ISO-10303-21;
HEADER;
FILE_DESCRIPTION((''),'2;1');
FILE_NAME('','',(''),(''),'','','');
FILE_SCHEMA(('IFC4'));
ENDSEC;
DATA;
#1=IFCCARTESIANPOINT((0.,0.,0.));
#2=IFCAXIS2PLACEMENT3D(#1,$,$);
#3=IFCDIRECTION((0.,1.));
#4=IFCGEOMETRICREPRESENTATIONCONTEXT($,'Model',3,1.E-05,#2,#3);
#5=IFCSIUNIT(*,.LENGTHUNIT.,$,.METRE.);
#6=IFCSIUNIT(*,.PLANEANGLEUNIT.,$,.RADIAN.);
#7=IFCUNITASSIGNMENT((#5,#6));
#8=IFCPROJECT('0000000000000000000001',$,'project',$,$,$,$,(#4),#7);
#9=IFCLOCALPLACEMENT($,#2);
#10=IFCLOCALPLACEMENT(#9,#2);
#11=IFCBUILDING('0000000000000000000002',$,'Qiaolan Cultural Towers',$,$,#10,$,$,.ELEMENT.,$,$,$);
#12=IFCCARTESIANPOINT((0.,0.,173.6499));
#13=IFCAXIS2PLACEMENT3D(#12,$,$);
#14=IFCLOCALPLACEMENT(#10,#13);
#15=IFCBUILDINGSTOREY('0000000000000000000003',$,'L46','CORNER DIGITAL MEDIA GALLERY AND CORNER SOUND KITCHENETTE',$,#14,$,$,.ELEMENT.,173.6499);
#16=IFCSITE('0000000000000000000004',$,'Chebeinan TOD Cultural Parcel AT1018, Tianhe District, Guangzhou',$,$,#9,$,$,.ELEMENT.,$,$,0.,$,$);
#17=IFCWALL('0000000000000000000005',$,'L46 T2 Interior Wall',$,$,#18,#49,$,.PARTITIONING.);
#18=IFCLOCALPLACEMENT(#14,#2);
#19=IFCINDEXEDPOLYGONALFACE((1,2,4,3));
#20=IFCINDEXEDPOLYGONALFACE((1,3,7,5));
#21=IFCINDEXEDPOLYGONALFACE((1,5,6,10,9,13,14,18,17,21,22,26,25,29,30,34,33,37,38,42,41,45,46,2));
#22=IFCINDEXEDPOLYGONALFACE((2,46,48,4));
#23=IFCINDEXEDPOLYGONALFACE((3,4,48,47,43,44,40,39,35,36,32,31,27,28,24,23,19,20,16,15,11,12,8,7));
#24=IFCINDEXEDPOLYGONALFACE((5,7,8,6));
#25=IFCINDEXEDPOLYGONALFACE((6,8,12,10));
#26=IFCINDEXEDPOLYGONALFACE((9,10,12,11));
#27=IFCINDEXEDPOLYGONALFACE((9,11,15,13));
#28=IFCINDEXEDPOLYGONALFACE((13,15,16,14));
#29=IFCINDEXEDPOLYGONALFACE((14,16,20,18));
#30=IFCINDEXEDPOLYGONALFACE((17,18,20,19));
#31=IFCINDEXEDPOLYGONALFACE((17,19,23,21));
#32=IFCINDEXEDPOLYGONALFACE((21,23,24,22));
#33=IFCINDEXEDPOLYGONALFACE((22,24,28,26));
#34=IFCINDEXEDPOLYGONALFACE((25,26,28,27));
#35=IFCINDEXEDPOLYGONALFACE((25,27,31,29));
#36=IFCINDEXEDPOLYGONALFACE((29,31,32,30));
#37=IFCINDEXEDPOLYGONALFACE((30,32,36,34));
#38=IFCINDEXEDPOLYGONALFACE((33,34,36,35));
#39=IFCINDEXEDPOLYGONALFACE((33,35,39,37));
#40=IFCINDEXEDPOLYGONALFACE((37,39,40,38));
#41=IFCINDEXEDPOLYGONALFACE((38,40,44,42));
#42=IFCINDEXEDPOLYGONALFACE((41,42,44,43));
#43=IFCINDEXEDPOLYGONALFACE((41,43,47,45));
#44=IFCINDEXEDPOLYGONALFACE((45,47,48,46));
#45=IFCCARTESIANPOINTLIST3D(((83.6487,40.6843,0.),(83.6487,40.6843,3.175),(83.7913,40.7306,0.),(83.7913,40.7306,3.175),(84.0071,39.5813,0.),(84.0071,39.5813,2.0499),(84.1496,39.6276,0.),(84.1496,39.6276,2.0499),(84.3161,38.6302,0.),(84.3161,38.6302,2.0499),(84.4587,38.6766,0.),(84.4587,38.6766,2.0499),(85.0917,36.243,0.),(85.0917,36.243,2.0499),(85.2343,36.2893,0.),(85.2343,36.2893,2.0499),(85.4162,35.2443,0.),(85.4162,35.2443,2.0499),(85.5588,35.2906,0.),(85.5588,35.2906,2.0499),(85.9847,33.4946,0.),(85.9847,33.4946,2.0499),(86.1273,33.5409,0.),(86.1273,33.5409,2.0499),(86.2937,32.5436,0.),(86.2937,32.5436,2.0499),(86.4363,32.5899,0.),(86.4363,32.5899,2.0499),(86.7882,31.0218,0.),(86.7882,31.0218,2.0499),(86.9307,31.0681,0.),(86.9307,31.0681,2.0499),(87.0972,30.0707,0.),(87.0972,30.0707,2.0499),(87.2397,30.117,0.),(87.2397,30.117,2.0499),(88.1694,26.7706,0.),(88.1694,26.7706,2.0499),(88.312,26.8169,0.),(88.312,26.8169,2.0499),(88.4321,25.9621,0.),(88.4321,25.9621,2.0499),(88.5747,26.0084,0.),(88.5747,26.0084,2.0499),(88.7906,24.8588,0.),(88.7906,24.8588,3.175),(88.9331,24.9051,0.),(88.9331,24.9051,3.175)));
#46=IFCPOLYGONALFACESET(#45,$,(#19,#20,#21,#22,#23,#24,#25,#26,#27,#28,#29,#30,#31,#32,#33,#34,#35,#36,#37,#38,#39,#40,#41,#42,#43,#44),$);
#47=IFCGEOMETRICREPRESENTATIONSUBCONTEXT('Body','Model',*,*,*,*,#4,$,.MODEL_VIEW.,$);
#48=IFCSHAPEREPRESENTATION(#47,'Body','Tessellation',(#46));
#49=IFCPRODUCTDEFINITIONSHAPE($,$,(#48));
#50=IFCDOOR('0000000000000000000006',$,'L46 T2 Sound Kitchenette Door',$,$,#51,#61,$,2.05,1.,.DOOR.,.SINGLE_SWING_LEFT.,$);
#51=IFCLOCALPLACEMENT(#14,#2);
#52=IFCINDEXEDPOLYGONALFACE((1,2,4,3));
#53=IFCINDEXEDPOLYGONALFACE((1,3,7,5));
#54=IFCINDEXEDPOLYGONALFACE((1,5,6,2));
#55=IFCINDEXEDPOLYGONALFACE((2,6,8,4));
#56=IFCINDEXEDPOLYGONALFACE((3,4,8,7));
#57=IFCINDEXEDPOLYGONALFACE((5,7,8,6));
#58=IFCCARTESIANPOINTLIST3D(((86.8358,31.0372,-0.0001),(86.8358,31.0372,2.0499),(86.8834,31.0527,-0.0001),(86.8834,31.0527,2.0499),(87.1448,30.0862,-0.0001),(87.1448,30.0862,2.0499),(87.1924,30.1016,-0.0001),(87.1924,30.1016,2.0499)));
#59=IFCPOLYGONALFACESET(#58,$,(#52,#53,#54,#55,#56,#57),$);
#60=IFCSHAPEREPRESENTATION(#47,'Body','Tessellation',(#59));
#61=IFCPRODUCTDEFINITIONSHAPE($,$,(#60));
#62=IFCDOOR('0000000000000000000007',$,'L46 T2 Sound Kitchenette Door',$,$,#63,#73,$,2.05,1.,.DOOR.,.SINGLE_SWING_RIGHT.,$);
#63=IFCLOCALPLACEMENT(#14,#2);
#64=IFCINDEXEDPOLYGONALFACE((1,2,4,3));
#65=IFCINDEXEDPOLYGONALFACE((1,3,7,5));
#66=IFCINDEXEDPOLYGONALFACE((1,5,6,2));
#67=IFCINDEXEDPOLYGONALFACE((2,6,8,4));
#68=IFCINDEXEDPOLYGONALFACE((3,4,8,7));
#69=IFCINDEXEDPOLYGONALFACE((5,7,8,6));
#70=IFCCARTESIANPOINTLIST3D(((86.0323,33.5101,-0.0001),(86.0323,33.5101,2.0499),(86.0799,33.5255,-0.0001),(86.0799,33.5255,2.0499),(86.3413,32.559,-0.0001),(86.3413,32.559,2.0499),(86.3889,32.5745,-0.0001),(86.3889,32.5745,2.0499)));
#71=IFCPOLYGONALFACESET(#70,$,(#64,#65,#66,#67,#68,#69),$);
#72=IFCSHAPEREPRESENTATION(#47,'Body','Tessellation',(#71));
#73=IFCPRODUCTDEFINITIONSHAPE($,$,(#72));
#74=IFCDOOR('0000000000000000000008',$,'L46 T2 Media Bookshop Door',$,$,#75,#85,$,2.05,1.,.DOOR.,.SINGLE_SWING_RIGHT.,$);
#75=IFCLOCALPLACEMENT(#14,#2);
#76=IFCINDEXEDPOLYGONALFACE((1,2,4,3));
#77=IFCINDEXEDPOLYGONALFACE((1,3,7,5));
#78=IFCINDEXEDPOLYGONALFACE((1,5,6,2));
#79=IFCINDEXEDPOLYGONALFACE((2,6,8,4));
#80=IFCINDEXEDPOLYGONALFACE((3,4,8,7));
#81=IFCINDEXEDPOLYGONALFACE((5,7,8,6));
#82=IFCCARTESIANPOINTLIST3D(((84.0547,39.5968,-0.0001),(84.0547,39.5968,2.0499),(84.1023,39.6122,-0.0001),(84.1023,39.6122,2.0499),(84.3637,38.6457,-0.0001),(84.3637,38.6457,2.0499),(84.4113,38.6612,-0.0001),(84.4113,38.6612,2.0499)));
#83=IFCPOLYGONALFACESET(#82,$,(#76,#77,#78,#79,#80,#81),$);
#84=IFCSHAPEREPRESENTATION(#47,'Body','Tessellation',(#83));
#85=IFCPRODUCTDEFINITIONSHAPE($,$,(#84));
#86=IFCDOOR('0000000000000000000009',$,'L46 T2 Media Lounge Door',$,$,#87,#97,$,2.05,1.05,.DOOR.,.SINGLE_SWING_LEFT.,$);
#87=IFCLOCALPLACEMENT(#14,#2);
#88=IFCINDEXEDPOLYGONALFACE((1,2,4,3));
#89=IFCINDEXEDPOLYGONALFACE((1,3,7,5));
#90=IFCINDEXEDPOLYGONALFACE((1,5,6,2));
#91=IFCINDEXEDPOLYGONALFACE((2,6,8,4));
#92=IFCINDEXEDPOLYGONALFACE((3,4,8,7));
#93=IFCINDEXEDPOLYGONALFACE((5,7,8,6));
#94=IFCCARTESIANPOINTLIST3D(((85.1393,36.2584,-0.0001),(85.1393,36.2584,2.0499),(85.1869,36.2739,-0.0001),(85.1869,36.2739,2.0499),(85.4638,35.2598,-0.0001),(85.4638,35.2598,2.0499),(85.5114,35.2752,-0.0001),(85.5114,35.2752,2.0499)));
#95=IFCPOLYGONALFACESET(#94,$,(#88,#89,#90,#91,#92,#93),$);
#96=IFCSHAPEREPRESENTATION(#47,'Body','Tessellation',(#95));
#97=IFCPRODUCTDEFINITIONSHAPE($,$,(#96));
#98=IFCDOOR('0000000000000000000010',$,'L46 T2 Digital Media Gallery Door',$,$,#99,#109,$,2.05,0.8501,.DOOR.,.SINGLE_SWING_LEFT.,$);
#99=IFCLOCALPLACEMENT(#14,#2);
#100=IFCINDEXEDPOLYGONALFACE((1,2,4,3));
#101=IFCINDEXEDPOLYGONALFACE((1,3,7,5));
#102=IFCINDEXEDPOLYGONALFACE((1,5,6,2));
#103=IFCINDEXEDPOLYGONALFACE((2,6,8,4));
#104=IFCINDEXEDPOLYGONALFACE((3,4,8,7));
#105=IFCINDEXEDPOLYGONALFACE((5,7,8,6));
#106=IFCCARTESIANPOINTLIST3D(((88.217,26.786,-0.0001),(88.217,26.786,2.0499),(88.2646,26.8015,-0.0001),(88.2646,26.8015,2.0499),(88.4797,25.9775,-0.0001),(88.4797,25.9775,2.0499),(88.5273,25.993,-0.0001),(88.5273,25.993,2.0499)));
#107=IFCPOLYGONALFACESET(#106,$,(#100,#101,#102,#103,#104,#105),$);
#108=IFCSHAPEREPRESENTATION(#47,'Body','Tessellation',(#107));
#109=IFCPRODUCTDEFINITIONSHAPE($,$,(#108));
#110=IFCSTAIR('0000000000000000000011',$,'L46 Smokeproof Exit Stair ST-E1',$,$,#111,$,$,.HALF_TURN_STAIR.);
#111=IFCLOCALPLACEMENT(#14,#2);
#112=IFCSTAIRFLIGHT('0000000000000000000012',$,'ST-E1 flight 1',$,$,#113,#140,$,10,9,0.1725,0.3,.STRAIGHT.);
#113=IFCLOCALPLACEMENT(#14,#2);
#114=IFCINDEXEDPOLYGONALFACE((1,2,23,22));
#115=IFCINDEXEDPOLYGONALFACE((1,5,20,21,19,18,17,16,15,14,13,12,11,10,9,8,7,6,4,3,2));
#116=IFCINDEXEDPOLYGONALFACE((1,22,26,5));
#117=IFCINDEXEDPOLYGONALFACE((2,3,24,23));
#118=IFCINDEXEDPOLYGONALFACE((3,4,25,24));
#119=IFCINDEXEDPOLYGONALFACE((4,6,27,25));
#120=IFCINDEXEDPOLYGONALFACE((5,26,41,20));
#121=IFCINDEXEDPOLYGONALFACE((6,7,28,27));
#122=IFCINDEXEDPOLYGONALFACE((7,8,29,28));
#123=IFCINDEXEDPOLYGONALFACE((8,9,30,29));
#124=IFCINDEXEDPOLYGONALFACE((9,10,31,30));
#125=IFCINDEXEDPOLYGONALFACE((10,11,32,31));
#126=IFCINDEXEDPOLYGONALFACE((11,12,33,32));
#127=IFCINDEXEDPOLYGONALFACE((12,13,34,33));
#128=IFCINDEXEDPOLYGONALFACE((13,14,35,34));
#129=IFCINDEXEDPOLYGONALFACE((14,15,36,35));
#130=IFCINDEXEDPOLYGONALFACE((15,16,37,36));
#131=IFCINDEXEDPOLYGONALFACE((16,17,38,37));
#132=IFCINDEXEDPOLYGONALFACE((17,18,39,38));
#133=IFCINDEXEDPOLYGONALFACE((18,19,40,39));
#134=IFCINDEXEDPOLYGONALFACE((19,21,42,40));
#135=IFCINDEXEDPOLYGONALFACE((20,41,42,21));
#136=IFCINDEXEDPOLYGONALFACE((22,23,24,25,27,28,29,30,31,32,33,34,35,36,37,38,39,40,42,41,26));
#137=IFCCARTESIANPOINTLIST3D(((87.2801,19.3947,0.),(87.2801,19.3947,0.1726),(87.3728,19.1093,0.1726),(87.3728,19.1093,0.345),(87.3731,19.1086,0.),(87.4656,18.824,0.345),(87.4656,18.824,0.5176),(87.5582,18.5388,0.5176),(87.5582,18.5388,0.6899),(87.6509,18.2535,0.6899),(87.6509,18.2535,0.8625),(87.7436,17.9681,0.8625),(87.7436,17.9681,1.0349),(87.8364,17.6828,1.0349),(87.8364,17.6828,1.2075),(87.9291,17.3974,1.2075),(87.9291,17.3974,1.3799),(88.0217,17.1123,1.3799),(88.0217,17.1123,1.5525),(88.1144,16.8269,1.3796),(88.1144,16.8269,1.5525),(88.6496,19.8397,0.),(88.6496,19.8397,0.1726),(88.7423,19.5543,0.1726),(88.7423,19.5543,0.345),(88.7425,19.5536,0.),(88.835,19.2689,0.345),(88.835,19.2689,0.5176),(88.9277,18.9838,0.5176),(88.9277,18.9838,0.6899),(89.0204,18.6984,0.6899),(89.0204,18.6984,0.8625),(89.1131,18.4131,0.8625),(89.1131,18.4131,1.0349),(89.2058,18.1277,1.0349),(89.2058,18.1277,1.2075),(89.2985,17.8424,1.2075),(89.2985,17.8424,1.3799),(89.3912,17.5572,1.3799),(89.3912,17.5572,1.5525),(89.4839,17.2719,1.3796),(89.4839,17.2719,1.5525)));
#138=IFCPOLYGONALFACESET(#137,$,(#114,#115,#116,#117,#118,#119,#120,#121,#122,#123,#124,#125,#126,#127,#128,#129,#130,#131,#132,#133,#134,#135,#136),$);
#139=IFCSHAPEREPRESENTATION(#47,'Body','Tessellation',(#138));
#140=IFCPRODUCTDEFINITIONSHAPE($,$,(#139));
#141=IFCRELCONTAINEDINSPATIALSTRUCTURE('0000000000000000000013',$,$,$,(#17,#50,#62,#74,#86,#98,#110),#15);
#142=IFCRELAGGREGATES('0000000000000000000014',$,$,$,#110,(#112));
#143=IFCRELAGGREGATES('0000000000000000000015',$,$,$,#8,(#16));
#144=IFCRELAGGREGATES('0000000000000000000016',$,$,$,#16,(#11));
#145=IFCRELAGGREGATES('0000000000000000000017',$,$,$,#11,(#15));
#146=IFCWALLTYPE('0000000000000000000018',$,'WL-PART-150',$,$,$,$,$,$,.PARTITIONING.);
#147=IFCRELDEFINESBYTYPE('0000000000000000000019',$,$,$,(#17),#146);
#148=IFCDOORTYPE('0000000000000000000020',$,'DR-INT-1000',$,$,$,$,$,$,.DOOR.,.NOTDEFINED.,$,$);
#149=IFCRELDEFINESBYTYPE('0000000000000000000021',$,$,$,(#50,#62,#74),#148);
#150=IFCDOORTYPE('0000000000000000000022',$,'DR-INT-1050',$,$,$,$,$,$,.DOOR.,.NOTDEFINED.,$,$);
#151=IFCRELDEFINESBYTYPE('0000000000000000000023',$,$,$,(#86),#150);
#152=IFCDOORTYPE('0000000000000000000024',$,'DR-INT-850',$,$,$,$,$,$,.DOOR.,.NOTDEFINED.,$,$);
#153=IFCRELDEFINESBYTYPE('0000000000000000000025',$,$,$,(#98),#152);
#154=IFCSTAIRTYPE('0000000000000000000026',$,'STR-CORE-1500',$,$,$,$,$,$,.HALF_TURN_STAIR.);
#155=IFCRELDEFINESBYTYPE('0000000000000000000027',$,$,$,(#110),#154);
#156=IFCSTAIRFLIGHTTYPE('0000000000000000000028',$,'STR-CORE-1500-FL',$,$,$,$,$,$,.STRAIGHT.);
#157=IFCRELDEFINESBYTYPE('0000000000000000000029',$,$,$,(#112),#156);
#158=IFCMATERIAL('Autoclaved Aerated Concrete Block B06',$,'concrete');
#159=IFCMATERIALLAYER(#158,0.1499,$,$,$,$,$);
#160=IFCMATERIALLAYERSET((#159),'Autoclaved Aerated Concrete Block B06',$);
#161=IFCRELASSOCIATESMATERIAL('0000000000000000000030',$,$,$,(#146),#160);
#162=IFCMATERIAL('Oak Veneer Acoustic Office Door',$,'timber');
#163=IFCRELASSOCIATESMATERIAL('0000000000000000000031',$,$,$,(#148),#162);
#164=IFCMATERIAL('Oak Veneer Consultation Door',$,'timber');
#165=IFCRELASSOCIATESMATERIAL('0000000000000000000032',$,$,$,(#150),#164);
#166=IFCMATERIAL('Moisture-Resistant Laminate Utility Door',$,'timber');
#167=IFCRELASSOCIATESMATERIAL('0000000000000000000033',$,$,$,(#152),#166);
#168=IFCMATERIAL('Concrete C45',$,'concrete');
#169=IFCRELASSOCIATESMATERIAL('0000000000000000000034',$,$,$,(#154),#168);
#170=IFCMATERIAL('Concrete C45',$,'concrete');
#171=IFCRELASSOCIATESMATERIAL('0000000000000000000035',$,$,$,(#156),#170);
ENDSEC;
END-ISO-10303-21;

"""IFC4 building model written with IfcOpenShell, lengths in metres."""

from ifc_helpers import new_model, si_unit, direction, frame, frame_2d, origin, place, context, subcontext, project, spatial, polyline, rectangle, outline, extrude, material, layer, layer_set, type_object, element, fill, aggregate, save


model = new_model("IFC4")

# Units and contexts
model_context = context("Model", 3, precision=1e-05, world=origin(), true_north=direction((0.0, 1.0)))
body_context = subcontext(model_context, "Body", "Model", "MODEL_VIEW")
ifc_project = project(units=[si_unit("LENGTHUNIT", "METRE"), si_unit("PLANEANGLEUNIT", "RADIAN")], contexts=[model_context])

# Site, building, storey
site_placement = place(None, origin())
site = spatial("IfcSite", under=ifc_project, at=site_placement, Name="Chebeinan TOD Cultural Parcel AT1018, Tianhe District, Guangzhou", CompositionType="ELEMENT", RefElevation=0.0)
building_placement = place(site_placement, origin())
building = spatial("IfcBuilding", under=site, at=building_placement, Name="Qiaolan Cultural Towers", CompositionType="ELEMENT")
storey_placement = place(building_placement, frame((0.0, 0.0, 173.6499)))
storey = spatial("IfcBuildingStorey", under=building, at=storey_placement, Name="L46", Description="CORNER DIGITAL MEDIA GALLERY AND CORNER SOUND KITCHENETTE", CompositionType="ELEMENT", Elevation=173.6499)

# Shared definitions
ifc_material_1 = material(Name="Autoclaved Aerated Concrete Block B06", Category="concrete")
ifc_layer_1 = layer(ifc_material_1, 0.1499)
ifc_layer_set_1 = layer_set([ifc_layer_1], Name="Autoclaved Aerated Concrete Block B06")
wall_type_1 = type_object("IfcWallType", Name="WL-PART-150", PredefinedType="PARTITIONING", material=ifc_layer_set_1)

# Wall, openings, doors
wall_1_placement = place(storey_placement, frame((88.8618, 24.8821, 0.0), z_axis=(0.0, 0.0, 1.0), x_axis=(-0.309009, 0.951059, 0.0)))
wall_1 = element("IfcWall", 1, at=wall_1_placement, inside=storey, type_object=wall_type_1, Name="L46 T2 Interior Wall", PredefinedType="PARTITIONING", context=body_context, shape_type="SweptSolid", body=[
    extrude(rectangle(XDim=16.6399, YDim=0.1499, at=frame_2d((8.3198, 0.0))), origin(), (0.0, 0.0, 1.0), 3.175),
])
opening_1_placement = place(wall_1_placement, frame((1.1599, 0.0, 0.0)))
opening_1 = element("IfcOpeningElement", 2, at=opening_1_placement, cuts=wall_1, PredefinedType="OPENING", context=body_context, shape_type="SweptSolid", body=[
    extrude(rectangle(XDim=0.8501, YDim=2.05, at=frame_2d((0.425, 1.0249))), frame((0.0, 0.085, 0.0), z_axis=(0.0, -1.0, 0.0), x_axis=(1.0, 0.0, 0.0)), (0.0, 0.0, 1.0), 0.1699),
])
opening_2_placement = place(wall_1_placement, frame((5.48, 0.0, 0.0)))
opening_2 = element("IfcOpeningElement", 3, at=opening_2_placement, cuts=wall_1, PredefinedType="OPENING", context=body_context, shape_type="SweptSolid", body=[
    extrude(rectangle(XDim=1.0, YDim=2.05, at=frame_2d((0.5, 1.0249))), frame((0.0, 0.085, 0.0), z_axis=(0.0, -1.0, 0.0), x_axis=(1.0, 0.0, 0.0)), (0.0, 0.0, 1.0), 0.1699),
])
opening_3_placement = place(wall_1_placement, frame((8.0801, 0.0, 0.0)))
opening_3 = element("IfcOpeningElement", 4, at=opening_3_placement, cuts=wall_1, PredefinedType="OPENING", context=body_context, shape_type="SweptSolid", body=[
    extrude(rectangle(XDim=1.0, YDim=2.05, at=frame_2d((0.5, 1.0249))), frame((0.0, 0.085, 0.0), z_axis=(0.0, -1.0, 0.0), x_axis=(1.0, 0.0, 0.0)), (0.0, 0.0, 1.0), 0.1699),
])
opening_4_placement = place(wall_1_placement, frame((10.9199, 0.0, 0.0)))
opening_4 = element("IfcOpeningElement", 5, at=opening_4_placement, cuts=wall_1, PredefinedType="OPENING", context=body_context, shape_type="SweptSolid", body=[
    extrude(rectangle(XDim=1.05, YDim=2.05, at=frame_2d((0.5249, 1.0249))), frame((0.0, 0.085, 0.0), z_axis=(0.0, -1.0, 0.0), x_axis=(1.0, 0.0, 0.0)), (0.0, 0.0, 1.0), 0.1699),
])
opening_5_placement = place(wall_1_placement, frame((14.48, 0.0, 0.0)))
opening_5 = element("IfcOpeningElement", 6, at=opening_5_placement, cuts=wall_1, PredefinedType="OPENING", context=body_context, shape_type="SweptSolid", body=[
    extrude(rectangle(XDim=1.0, YDim=2.05, at=frame_2d((0.5, 1.0249))), frame((0.0, 0.085, 0.0), z_axis=(0.0, -1.0, 0.0), x_axis=(1.0, 0.0, 0.0)), (0.0, 0.0, 1.0), 0.1699),
])
ifc_material_2 = material(Name="Oak Veneer Acoustic Office Door", Category="timber")
door_type_1 = type_object("IfcDoorType", Name="DR-INT-1000", OperationType="NOTDEFINED", PredefinedType="DOOR", material=ifc_material_2)
door_1_placement = place(opening_2_placement, origin())
door_1 = element("IfcDoor", 7, at=door_1_placement, inside=storey, type_object=door_type_1, Name="L46 T2 Sound Kitchenette Door", OperationType="SINGLE_SWING_LEFT", OverallHeight=2.05, OverallWidth=1.0, PredefinedType="DOOR", context=body_context, shape_type="SweptSolid", body=[
    extrude(rectangle(XDim=1.0, YDim=2.05, at=frame_2d((0.5, 1.0249))), frame((0.0, 0.0249, 0.0), z_axis=(0.0, -1.0, 0.0), x_axis=(1.0, 0.0, 0.0)), (0.0, 0.0, 1.0), 0.05),
])
fill(opening_2, door_1)
door_2_placement = place(opening_3_placement, origin())
door_2 = element("IfcDoor", 8, at=door_2_placement, inside=storey, type_object=door_type_1, Name="L46 T2 Sound Kitchenette Door", OperationType="SINGLE_SWING_RIGHT", OverallHeight=2.05, OverallWidth=1.0, PredefinedType="DOOR", context=body_context, shape_type="SweptSolid", body=[
    extrude(rectangle(XDim=1.0, YDim=2.05, at=frame_2d((0.5, 1.0249))), frame((0.0, 0.0249, 0.0), z_axis=(0.0, -1.0, 0.0), x_axis=(1.0, 0.0, 0.0)), (0.0, 0.0, 1.0), 0.05),
])
fill(opening_3, door_2)
door_3_placement = place(opening_5_placement, origin())
door_3 = element("IfcDoor", 9, at=door_3_placement, inside=storey, type_object=door_type_1, Name="L46 T2 Media Bookshop Door", OperationType="SINGLE_SWING_RIGHT", OverallHeight=2.05, OverallWidth=1.0, PredefinedType="DOOR", context=body_context, shape_type="SweptSolid", body=[
    extrude(rectangle(XDim=1.0, YDim=2.05, at=frame_2d((0.5, 1.0249))), frame((0.0, 0.0249, 0.0), z_axis=(0.0, -1.0, 0.0), x_axis=(1.0, 0.0, 0.0)), (0.0, 0.0, 1.0), 0.05),
])
fill(opening_5, door_3)
ifc_material_3 = material(Name="Oak Veneer Consultation Door", Category="timber")
door_type_2 = type_object("IfcDoorType", Name="DR-INT-1050", OperationType="NOTDEFINED", PredefinedType="DOOR", material=ifc_material_3)
door_4_placement = place(opening_4_placement, origin())
door_4 = element("IfcDoor", 10, at=door_4_placement, inside=storey, type_object=door_type_2, Name="L46 T2 Media Lounge Door", OperationType="SINGLE_SWING_LEFT", OverallHeight=2.05, OverallWidth=1.05, PredefinedType="DOOR", context=body_context, shape_type="SweptSolid", body=[
    extrude(rectangle(XDim=1.05, YDim=2.05, at=frame_2d((0.5249, 1.0249))), frame((0.0, 0.0249, 0.0), z_axis=(0.0, -1.0, 0.0), x_axis=(1.0, 0.0, 0.0)), (0.0, 0.0, 1.0), 0.05),
])
fill(opening_4, door_4)
ifc_material_4 = material(Name="Moisture-Resistant Laminate Utility Door", Category="timber")
door_type_3 = type_object("IfcDoorType", Name="DR-INT-850", OperationType="NOTDEFINED", PredefinedType="DOOR", material=ifc_material_4)
door_5_placement = place(opening_1_placement, origin())
door_5 = element("IfcDoor", 11, at=door_5_placement, inside=storey, type_object=door_type_3, Name="L46 T2 Digital Media Gallery Door", OperationType="SINGLE_SWING_LEFT", OverallHeight=2.05, OverallWidth=0.8501, PredefinedType="DOOR", context=body_context, shape_type="SweptSolid", body=[
    extrude(rectangle(XDim=0.8501, YDim=2.05, at=frame_2d((0.425, 1.0249))), frame((0.0, 0.0249, 0.0), z_axis=(0.0, -1.0, 0.0), x_axis=(1.0, 0.0, 0.0)), (0.0, 0.0, 1.0), 0.05),
])
fill(opening_1, door_5)

# Stair, stair flight
ifc_material_5 = material(Name="Concrete C45", Category="concrete")
stair_type = type_object("IfcStairType", Name="STR-CORE-1500", PredefinedType="HALF_TURN_STAIR", material=ifc_material_5)
stair_placement = place(storey_placement, origin())
stair = element("IfcStair", 12, at=stair_placement, inside=storey, type_object=stair_type, Name="L46 Smokeproof Exit Stair ST-E1", PredefinedType="HALF_TURN_STAIR")
ifc_material_6 = material(Name="Concrete C45", Category="concrete")
stair_flight_type = type_object("IfcStairFlightType", Name="STR-CORE-1500-FL", PredefinedType="STRAIGHT", material=ifc_material_6)
stair_flight_1_placement = place(storey_placement, frame((87.9648, 19.6172, 0.0), z_axis=(0.0, 0.0, 1.0), x_axis=(0.309017, -0.951057, 0.0)))
stair_flight_1 = element("IfcStairFlight", 13, at=stair_flight_1_placement, type_object=stair_flight_type, Name="ST-E1 flight 1", NumberOfRisers=10, NumberOfTreads=9, PredefinedType="STRAIGHT", RiserHeight=0.1725, TreadLength=0.3, context=body_context, shape_type="SweptSolid", body=[
    extrude(outline(polyline([(0.0, 0.0), (0.0, 0.1726), (0.3, 0.1726), (0.3, 0.345), (0.6001, 0.345), (0.6001, 0.5176), (0.8999, 0.5176), (0.8999, 0.6899), (1.2, 0.6899), (1.2, 0.8625), (1.5, 0.8625), (1.5, 1.0349), (1.8, 1.0349), (1.8, 1.2075), (2.1001, 1.2075), (2.1001, 1.3799), (2.3999, 1.3799), (2.3999, 1.5525), (2.7, 1.5525), (2.7, 1.7251), (2.7, 1.3796), (0.3008, 0.0), (0.0, 0.0)])), frame((0.0, 0.72, 0.0), z_axis=(0.0, -1.0, 0.0), x_axis=(1.0, 0.0, 0.0)), (0.0, 0.0, 1.0), 1.4399),
])
aggregate(stair, [stair_flight_1])

save(model, "model.ifc")
